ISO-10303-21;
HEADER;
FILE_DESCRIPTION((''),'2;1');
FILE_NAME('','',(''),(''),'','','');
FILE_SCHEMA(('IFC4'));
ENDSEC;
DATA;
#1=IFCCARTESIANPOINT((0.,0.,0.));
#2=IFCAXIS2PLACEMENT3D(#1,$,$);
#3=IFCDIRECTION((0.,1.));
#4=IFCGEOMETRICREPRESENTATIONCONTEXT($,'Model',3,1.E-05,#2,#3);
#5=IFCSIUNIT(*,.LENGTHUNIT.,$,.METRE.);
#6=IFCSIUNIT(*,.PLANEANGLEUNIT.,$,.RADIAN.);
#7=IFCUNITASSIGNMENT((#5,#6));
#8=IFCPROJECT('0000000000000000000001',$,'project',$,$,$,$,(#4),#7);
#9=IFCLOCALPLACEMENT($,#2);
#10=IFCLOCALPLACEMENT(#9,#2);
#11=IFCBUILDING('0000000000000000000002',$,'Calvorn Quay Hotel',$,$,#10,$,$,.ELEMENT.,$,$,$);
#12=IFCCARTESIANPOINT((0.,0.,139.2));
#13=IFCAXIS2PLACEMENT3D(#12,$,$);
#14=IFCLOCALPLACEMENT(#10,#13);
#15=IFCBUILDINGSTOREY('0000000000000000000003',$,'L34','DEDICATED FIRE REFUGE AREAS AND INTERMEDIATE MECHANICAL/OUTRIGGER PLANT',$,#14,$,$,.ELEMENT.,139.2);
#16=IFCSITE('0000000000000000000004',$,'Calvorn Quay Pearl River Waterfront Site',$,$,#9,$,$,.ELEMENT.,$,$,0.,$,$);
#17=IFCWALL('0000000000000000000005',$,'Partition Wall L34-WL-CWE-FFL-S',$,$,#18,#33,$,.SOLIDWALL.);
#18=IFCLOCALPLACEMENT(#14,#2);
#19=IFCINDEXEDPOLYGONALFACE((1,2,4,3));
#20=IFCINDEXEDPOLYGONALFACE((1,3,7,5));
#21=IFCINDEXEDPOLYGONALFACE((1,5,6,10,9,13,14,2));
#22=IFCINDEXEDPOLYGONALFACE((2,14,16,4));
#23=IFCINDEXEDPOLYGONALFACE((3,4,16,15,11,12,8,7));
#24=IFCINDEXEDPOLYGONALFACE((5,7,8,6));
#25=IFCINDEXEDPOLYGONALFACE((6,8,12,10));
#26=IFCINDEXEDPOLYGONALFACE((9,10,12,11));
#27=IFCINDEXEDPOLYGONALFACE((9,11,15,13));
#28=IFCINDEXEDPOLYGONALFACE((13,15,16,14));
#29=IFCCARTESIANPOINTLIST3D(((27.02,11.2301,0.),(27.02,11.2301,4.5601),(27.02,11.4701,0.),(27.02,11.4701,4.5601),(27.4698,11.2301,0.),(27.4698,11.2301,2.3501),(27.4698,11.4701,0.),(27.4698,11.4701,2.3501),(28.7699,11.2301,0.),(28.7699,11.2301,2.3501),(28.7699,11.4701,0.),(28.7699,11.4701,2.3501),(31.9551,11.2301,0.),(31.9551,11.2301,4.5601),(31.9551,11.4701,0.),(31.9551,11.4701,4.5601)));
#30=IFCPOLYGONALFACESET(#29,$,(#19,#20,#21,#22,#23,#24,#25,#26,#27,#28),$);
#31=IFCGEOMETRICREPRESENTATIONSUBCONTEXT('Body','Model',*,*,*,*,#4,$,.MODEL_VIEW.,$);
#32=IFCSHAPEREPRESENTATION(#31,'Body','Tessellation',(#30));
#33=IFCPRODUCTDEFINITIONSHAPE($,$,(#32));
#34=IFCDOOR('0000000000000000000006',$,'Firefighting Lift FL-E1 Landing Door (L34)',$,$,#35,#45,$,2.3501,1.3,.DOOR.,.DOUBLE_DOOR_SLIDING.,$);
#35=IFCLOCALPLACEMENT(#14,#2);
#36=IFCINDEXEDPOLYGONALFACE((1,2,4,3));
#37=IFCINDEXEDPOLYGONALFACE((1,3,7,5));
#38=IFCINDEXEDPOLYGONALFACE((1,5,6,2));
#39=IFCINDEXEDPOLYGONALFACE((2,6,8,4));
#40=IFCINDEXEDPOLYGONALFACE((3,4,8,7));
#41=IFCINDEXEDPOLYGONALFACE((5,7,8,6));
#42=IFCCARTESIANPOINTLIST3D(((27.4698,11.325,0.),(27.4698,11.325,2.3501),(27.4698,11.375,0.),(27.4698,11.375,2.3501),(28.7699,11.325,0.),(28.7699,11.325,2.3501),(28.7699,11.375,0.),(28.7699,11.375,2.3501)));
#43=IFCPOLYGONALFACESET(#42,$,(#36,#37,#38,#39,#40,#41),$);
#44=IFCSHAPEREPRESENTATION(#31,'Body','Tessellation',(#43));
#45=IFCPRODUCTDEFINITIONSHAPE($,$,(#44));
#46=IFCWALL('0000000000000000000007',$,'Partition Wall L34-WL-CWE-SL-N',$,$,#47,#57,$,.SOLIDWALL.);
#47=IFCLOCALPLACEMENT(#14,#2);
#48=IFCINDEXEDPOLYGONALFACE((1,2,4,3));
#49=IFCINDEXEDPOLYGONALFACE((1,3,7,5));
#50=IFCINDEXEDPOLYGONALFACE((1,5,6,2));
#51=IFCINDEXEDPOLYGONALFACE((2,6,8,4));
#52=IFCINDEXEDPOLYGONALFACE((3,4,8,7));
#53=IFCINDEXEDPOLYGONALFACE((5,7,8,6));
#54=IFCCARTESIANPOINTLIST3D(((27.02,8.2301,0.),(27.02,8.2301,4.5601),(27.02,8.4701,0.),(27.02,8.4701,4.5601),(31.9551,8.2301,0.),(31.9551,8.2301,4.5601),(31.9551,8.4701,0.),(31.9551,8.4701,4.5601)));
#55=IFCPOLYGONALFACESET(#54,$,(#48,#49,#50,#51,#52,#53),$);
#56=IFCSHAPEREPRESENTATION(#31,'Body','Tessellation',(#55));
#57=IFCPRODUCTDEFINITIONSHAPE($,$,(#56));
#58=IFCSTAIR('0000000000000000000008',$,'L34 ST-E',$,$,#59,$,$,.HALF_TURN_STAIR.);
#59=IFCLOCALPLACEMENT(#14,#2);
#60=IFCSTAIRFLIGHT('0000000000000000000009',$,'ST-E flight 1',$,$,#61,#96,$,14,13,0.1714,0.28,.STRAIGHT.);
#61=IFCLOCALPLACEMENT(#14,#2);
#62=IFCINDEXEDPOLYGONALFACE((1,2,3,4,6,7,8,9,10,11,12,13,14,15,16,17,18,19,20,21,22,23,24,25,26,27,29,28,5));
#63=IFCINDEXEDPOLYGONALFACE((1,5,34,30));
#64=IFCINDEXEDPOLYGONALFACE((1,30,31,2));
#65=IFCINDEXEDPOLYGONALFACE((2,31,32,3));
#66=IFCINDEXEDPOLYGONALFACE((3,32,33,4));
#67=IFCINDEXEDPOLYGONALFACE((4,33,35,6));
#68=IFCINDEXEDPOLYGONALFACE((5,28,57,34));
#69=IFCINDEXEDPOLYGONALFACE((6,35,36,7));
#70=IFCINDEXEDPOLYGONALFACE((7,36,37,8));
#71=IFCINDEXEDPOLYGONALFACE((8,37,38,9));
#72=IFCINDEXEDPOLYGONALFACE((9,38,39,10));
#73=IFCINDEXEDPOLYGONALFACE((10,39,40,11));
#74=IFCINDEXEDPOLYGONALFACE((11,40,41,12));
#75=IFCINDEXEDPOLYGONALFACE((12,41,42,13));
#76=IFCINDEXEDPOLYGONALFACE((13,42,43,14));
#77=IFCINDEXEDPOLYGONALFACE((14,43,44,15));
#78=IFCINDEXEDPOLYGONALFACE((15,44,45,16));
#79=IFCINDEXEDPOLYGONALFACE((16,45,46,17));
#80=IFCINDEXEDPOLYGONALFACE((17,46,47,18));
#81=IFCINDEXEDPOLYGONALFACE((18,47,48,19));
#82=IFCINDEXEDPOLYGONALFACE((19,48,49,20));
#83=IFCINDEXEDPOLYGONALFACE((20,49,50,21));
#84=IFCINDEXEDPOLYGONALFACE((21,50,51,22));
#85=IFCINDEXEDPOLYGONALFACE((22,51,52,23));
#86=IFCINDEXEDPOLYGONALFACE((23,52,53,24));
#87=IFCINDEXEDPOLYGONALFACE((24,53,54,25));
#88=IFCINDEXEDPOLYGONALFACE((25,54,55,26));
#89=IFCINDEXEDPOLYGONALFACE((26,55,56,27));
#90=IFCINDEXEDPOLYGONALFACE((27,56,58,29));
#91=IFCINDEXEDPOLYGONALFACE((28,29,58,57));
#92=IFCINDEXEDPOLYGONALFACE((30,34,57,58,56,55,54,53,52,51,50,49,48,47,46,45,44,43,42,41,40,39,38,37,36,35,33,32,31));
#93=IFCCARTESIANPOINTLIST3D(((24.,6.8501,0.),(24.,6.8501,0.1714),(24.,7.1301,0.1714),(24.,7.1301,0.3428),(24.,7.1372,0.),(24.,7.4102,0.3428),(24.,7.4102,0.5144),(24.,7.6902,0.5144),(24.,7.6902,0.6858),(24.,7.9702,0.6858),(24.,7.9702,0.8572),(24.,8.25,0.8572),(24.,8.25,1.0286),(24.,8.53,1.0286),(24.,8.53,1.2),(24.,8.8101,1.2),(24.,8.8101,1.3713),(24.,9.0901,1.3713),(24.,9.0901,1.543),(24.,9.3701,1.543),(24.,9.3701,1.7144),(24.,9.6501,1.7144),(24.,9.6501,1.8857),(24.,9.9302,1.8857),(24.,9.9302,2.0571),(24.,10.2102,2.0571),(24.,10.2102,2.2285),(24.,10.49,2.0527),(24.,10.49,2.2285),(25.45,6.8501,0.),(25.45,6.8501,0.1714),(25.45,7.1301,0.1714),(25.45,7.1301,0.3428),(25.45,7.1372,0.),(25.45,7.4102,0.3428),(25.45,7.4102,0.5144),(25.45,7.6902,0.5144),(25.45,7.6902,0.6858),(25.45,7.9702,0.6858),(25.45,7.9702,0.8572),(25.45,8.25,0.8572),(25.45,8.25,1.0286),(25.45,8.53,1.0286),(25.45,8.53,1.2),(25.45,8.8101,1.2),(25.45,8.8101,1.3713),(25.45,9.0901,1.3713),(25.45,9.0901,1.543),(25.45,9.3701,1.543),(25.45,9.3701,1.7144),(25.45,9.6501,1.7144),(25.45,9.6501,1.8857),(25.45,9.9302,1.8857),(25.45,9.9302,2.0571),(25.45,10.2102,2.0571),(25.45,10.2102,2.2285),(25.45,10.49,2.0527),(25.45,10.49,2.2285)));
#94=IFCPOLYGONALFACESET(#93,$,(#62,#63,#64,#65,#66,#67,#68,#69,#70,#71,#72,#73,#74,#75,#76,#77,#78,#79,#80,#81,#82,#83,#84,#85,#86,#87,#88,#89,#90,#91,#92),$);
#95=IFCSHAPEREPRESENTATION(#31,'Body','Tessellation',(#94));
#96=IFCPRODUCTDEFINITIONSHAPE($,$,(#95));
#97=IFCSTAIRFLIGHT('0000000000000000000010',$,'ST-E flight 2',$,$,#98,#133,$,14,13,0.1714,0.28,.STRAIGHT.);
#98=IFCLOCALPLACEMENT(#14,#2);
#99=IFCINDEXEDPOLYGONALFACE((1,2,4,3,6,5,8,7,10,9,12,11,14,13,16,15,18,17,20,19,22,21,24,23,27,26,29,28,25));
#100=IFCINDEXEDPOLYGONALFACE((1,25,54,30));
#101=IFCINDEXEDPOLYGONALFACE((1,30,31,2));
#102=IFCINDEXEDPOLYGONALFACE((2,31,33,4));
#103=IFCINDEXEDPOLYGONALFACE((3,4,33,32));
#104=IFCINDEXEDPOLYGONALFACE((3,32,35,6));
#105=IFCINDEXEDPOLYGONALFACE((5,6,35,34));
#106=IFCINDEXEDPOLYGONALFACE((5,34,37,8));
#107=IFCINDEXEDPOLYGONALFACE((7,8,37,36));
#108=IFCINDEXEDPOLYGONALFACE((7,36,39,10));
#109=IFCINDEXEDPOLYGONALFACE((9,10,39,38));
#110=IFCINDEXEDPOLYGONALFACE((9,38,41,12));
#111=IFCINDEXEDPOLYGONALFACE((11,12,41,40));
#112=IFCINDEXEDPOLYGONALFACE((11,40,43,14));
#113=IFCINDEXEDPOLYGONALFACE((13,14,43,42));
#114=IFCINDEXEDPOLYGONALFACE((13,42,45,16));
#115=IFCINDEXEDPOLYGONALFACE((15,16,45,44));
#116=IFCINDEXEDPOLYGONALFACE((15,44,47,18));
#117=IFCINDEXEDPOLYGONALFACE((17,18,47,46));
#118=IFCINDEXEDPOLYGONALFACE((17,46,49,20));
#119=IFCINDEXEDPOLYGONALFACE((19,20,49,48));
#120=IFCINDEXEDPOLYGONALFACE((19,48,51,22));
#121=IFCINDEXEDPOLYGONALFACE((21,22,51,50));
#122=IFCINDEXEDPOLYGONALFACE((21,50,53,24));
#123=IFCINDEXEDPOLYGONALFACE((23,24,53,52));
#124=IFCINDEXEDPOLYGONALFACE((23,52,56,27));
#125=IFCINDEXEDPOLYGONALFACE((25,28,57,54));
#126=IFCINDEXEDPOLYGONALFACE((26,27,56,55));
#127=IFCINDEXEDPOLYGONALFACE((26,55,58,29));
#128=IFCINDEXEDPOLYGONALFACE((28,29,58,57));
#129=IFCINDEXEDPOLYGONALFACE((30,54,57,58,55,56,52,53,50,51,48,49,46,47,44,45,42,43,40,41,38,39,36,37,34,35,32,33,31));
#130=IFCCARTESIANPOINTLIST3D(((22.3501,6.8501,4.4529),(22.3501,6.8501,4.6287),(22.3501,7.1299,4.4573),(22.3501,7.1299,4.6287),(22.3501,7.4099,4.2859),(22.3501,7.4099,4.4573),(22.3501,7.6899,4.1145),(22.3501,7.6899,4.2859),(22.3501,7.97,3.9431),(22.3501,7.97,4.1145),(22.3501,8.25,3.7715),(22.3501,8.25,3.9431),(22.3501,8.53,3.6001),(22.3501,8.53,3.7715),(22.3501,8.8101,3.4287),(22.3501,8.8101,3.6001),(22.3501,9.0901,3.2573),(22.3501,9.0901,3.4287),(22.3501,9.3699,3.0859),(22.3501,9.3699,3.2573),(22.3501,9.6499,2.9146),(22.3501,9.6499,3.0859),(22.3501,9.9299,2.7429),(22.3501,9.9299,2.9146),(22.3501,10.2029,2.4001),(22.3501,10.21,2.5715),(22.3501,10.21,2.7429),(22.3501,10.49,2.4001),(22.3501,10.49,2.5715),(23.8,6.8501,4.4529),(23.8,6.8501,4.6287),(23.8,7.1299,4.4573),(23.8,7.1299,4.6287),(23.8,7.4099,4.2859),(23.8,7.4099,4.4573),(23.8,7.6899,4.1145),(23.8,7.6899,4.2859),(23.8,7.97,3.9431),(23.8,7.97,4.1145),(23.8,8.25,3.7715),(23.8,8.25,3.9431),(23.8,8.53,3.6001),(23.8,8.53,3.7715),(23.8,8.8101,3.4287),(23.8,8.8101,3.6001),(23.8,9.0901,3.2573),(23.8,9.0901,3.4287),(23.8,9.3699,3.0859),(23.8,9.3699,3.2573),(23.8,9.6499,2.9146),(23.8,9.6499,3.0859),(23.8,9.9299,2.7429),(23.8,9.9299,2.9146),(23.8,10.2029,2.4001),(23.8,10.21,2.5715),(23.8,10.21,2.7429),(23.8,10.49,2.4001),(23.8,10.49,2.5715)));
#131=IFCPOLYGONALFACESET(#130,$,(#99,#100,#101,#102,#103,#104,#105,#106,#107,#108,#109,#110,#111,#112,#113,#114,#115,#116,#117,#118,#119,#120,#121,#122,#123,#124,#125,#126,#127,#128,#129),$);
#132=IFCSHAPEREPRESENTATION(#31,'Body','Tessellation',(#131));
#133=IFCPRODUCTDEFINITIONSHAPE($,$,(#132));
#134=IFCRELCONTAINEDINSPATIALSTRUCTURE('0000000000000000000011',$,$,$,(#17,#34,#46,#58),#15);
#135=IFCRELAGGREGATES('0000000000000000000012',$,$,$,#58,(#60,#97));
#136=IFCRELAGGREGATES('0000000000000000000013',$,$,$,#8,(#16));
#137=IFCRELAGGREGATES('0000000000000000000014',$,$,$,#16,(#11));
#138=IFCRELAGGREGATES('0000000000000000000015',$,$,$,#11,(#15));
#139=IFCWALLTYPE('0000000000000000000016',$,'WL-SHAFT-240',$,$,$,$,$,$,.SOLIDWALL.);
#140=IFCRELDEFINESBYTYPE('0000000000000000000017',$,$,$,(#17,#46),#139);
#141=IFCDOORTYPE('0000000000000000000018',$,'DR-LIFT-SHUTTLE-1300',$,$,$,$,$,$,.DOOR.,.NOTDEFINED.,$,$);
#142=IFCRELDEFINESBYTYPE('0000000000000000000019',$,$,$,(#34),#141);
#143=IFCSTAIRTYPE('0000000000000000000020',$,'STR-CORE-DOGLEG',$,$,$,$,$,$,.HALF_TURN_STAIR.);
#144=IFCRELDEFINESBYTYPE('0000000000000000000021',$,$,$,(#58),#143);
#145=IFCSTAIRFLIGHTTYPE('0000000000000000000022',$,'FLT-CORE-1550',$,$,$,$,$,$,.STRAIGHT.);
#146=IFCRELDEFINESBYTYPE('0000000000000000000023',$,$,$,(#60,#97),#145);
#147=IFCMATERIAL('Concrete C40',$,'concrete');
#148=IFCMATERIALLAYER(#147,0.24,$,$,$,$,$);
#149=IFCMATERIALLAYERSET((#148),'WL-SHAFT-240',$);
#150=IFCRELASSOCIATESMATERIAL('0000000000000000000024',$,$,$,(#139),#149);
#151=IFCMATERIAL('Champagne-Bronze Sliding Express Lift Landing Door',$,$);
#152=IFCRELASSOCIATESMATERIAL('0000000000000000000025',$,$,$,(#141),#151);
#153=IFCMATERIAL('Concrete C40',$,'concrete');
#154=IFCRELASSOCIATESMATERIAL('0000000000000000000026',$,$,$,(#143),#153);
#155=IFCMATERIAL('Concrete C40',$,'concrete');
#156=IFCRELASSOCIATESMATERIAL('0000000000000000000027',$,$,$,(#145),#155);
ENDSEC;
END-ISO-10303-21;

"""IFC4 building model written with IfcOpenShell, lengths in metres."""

from ifc_helpers import new_model, si_unit, direction, frame, frame_2d, origin, place, context, subcontext, project, spatial, polyline, rectangle, outline, extrude, material, layer, layer_set, type_object, element, fill, aggregate, save


model = new_model("IFC4")

# Units and contexts
model_context = context("Model", 3, precision=1e-05, world=origin(), true_north=direction((0.0, 1.0)))
body_context = subcontext(model_context, "Body", "Model", "MODEL_VIEW")
ifc_project = project(units=[si_unit("LENGTHUNIT", "METRE"), si_unit("PLANEANGLEUNIT", "RADIAN")], contexts=[model_context])

# Site, building, storey
site_placement = place(None, origin())
site = spatial("IfcSite", under=ifc_project, at=site_placement, Name="Calvorn Quay Pearl River Waterfront Site", CompositionType="ELEMENT", RefElevation=0.0)
building_placement = place(site_placement, origin())
building = spatial("IfcBuilding", under=site, at=building_placement, Name="Calvorn Quay Hotel", CompositionType="ELEMENT")
storey_placement = place(building_placement, frame((0.0, 0.0, 139.2)))
storey = spatial("IfcBuildingStorey", under=building, at=storey_placement, Name="L34", Description="DEDICATED FIRE REFUGE AREAS AND INTERMEDIATE MECHANICAL/OUTRIGGER PLANT", CompositionType="ELEMENT", Elevation=139.2)

# Shared definitions
ifc_material_1 = material(Name="Concrete C40", Category="concrete")
ifc_layer_1 = layer(ifc_material_1, 0.24)
ifc_layer_set_1 = layer_set([ifc_layer_1], Name="WL-SHAFT-240")
wall_type_1 = type_object("IfcWallType", Name="WL-SHAFT-240", PredefinedType="SOLIDWALL", material=ifc_layer_set_1)

# Wall, opening, door
wall_1_placement = place(storey_placement, frame((27.02, 11.3501, 0.0), z_axis=(0.0, 0.0, 1.0), x_axis=(1.0, 0.0, 0.0)))
wall_1 = element("IfcWall", 1, at=wall_1_placement, inside=storey, type_object=wall_type_1, Name="Partition Wall L34-WL-CWE-FFL-S", PredefinedType="SOLIDWALL", context=body_context, shape_type="SweptSolid", body=[
    extrude(rectangle(XDim=4.9351, YDim=0.24, at=frame_2d((2.4675, 0.0))), origin(), (0.0, 0.0, 1.0), 4.5601),
])
opening_1_placement = place(wall_1_placement, frame((0.45, 0.0, 0.0)))
opening_1 = element("IfcOpeningElement", 2, at=opening_1_placement, cuts=wall_1, PredefinedType="OPENING", context=body_context, shape_type="SweptSolid", body=[
    extrude(rectangle(XDim=1.3, YDim=2.3501, at=frame_2d((0.6499, 1.175))), frame((0.0, 0.1299, 0.0), z_axis=(0.0, -1.0, 0.0), x_axis=(1.0, 0.0, 0.0)), (0.0, 0.0, 1.0), 0.26),
])
ifc_material_2 = material(Name="Champagne-Bronze Sliding Express Lift Landing Door")
door_type_1 = type_object("IfcDoorType", Name="DR-LIFT-SHUTTLE-1300", OperationType="NOTDEFINED", PredefinedType="DOOR", material=ifc_material_2)
door_1_placement = place(opening_1_placement, origin())
door_1 = element("IfcDoor", 3, at=door_1_placement, inside=storey, type_object=door_type_1, Name="Firefighting Lift FL-E1 Landing Door (L34)", OperationType="DOUBLE_DOOR_SLIDING", OverallHeight=2.3501, OverallWidth=1.3, PredefinedType="DOOR", context=body_context, shape_type="SweptSolid", body=[
    extrude(rectangle(XDim=1.3, YDim=2.3501, at=frame_2d((0.6499, 1.175))), frame((0.0, 0.0249, 0.0), z_axis=(0.0, -1.0, 0.0), x_axis=(1.0, 0.0, 0.0)), (0.0, 0.0, 1.0), 0.05),
])
fill(opening_1, door_1)

# Wall
wall_2_placement = place(storey_placement, frame((27.02, 8.3501, 0.0), z_axis=(0.0, 0.0, 1.0), x_axis=(1.0, 0.0, 0.0)))
element("IfcWall", 4, at=wall_2_placement, inside=storey, type_object=wall_type_1, Name="Partition Wall L34-WL-CWE-SL-N", PredefinedType="SOLIDWALL", context=body_context, shape_type="SweptSolid", body=[
    extrude(rectangle(XDim=4.9351, YDim=0.24, at=frame_2d((2.4675, 0.0))), origin(), (0.0, 0.0, 1.0), 4.5601),
])

# Stair, stair flights
ifc_material_3 = material(Name="Concrete C40", Category="concrete")
stair_type = type_object("IfcStairType", Name="STR-CORE-DOGLEG", PredefinedType="HALF_TURN_STAIR", material=ifc_material_3)
stair_placement = place(storey_placement, origin())
stair = element("IfcStair", 5, at=stair_placement, inside=storey, type_object=stair_type, Name="L34 ST-E", PredefinedType="HALF_TURN_STAIR")
ifc_material_4 = material(Name="Concrete C40", Category="concrete")
stair_flight_type = type_object("IfcStairFlightType", Name="FLT-CORE-1550", PredefinedType="STRAIGHT", material=ifc_material_4)
stair_flight_1_placement = place(storey_placement, frame((24.7251, 6.8501, 0.0), z_axis=(0.0, 0.0, 1.0), x_axis=(0.0, 1.0, 0.0)))
stair_flight_1 = element("IfcStairFlight", 6, at=stair_flight_1_placement, type_object=stair_flight_type, Name="ST-E flight 1", NumberOfRisers=14, NumberOfTreads=13, PredefinedType="STRAIGHT", RiserHeight=0.1714, TreadLength=0.28, context=body_context, shape_type="SweptSolid", body=[
    extrude(outline(polyline([(0.0, 0.0), (0.0, 0.1714), (0.28, 0.1714), (0.28, 0.3428), (0.5601, 0.3428), (0.5601, 0.5144), (0.8401, 0.5144), (0.8401, 0.6858), (1.1201, 0.6858), (1.1201, 0.8572), (1.3999, 0.8572), (1.3999, 1.0286), (1.6799, 1.0286), (1.6799, 1.2), (1.96, 1.2), (1.96, 1.3713), (2.24, 1.3713), (2.24, 1.543), (2.52, 1.543), (2.52, 1.7144), (2.8, 1.7144), (2.8, 1.8857), (3.0801, 1.8857), (3.0801, 2.0571), (3.3601, 2.0571), (3.3601, 2.2285), (3.6399, 2.2285), (3.6399, 2.3999), (3.6399, 2.0527), (0.2871, 0.0), (0.0, 0.0)])), frame((0.0, 0.7251, 0.0), z_axis=(0.0, -1.0, 0.0), x_axis=(1.0, 0.0, 0.0)), (0.0, 0.0, 1.0), 1.45),
])
stair_flight_2_placement = place(storey_placement, frame((23.075, 10.49, 2.4001), z_axis=(0.0, 0.0, 1.0), x_axis=(0.0, -1.0, 0.0)))
stair_flight_2 = element("IfcStairFlight", 7, at=stair_flight_2_placement, type_object=stair_flight_type, Name="ST-E flight 2", NumberOfRisers=14, NumberOfTreads=13, PredefinedType="STRAIGHT", RiserHeight=0.1714, TreadLength=0.28, context=body_context, shape_type="SweptSolid", body=[
    extrude(outline(polyline([(0.0, 0.0), (0.0, 0.1714), (0.28, 0.1714), (0.28, 0.3428), (0.5601, 0.3428), (0.5601, 0.5144), (0.8401, 0.5144), (0.8401, 0.6858), (1.1201, 0.6858), (1.1201, 0.8572), (1.3999, 0.8572), (1.3999, 1.0286), (1.6799, 1.0286), (1.6799, 1.2), (1.96, 1.2), (1.96, 1.3713), (2.24, 1.3713), (2.24, 1.543), (2.52, 1.543), (2.52, 1.7144), (2.8, 1.7144), (2.8, 1.8857), (3.0801, 1.8857), (3.0801, 2.0571), (3.3601, 2.0571), (3.3601, 2.2285), (3.6399, 2.2285), (3.6399, 2.3999), (3.6399, 2.0527), (0.2871, 0.0), (0.0, 0.0)])), frame((0.0, 0.7251, 0.0), z_axis=(0.0, -1.0, 0.0), x_axis=(1.0, 0.0, 0.0)), (0.0, 0.0, 1.0), 1.45),
])
aggregate(stair, [stair_flight_1, stair_flight_2])

save(model, "model.ifc")
